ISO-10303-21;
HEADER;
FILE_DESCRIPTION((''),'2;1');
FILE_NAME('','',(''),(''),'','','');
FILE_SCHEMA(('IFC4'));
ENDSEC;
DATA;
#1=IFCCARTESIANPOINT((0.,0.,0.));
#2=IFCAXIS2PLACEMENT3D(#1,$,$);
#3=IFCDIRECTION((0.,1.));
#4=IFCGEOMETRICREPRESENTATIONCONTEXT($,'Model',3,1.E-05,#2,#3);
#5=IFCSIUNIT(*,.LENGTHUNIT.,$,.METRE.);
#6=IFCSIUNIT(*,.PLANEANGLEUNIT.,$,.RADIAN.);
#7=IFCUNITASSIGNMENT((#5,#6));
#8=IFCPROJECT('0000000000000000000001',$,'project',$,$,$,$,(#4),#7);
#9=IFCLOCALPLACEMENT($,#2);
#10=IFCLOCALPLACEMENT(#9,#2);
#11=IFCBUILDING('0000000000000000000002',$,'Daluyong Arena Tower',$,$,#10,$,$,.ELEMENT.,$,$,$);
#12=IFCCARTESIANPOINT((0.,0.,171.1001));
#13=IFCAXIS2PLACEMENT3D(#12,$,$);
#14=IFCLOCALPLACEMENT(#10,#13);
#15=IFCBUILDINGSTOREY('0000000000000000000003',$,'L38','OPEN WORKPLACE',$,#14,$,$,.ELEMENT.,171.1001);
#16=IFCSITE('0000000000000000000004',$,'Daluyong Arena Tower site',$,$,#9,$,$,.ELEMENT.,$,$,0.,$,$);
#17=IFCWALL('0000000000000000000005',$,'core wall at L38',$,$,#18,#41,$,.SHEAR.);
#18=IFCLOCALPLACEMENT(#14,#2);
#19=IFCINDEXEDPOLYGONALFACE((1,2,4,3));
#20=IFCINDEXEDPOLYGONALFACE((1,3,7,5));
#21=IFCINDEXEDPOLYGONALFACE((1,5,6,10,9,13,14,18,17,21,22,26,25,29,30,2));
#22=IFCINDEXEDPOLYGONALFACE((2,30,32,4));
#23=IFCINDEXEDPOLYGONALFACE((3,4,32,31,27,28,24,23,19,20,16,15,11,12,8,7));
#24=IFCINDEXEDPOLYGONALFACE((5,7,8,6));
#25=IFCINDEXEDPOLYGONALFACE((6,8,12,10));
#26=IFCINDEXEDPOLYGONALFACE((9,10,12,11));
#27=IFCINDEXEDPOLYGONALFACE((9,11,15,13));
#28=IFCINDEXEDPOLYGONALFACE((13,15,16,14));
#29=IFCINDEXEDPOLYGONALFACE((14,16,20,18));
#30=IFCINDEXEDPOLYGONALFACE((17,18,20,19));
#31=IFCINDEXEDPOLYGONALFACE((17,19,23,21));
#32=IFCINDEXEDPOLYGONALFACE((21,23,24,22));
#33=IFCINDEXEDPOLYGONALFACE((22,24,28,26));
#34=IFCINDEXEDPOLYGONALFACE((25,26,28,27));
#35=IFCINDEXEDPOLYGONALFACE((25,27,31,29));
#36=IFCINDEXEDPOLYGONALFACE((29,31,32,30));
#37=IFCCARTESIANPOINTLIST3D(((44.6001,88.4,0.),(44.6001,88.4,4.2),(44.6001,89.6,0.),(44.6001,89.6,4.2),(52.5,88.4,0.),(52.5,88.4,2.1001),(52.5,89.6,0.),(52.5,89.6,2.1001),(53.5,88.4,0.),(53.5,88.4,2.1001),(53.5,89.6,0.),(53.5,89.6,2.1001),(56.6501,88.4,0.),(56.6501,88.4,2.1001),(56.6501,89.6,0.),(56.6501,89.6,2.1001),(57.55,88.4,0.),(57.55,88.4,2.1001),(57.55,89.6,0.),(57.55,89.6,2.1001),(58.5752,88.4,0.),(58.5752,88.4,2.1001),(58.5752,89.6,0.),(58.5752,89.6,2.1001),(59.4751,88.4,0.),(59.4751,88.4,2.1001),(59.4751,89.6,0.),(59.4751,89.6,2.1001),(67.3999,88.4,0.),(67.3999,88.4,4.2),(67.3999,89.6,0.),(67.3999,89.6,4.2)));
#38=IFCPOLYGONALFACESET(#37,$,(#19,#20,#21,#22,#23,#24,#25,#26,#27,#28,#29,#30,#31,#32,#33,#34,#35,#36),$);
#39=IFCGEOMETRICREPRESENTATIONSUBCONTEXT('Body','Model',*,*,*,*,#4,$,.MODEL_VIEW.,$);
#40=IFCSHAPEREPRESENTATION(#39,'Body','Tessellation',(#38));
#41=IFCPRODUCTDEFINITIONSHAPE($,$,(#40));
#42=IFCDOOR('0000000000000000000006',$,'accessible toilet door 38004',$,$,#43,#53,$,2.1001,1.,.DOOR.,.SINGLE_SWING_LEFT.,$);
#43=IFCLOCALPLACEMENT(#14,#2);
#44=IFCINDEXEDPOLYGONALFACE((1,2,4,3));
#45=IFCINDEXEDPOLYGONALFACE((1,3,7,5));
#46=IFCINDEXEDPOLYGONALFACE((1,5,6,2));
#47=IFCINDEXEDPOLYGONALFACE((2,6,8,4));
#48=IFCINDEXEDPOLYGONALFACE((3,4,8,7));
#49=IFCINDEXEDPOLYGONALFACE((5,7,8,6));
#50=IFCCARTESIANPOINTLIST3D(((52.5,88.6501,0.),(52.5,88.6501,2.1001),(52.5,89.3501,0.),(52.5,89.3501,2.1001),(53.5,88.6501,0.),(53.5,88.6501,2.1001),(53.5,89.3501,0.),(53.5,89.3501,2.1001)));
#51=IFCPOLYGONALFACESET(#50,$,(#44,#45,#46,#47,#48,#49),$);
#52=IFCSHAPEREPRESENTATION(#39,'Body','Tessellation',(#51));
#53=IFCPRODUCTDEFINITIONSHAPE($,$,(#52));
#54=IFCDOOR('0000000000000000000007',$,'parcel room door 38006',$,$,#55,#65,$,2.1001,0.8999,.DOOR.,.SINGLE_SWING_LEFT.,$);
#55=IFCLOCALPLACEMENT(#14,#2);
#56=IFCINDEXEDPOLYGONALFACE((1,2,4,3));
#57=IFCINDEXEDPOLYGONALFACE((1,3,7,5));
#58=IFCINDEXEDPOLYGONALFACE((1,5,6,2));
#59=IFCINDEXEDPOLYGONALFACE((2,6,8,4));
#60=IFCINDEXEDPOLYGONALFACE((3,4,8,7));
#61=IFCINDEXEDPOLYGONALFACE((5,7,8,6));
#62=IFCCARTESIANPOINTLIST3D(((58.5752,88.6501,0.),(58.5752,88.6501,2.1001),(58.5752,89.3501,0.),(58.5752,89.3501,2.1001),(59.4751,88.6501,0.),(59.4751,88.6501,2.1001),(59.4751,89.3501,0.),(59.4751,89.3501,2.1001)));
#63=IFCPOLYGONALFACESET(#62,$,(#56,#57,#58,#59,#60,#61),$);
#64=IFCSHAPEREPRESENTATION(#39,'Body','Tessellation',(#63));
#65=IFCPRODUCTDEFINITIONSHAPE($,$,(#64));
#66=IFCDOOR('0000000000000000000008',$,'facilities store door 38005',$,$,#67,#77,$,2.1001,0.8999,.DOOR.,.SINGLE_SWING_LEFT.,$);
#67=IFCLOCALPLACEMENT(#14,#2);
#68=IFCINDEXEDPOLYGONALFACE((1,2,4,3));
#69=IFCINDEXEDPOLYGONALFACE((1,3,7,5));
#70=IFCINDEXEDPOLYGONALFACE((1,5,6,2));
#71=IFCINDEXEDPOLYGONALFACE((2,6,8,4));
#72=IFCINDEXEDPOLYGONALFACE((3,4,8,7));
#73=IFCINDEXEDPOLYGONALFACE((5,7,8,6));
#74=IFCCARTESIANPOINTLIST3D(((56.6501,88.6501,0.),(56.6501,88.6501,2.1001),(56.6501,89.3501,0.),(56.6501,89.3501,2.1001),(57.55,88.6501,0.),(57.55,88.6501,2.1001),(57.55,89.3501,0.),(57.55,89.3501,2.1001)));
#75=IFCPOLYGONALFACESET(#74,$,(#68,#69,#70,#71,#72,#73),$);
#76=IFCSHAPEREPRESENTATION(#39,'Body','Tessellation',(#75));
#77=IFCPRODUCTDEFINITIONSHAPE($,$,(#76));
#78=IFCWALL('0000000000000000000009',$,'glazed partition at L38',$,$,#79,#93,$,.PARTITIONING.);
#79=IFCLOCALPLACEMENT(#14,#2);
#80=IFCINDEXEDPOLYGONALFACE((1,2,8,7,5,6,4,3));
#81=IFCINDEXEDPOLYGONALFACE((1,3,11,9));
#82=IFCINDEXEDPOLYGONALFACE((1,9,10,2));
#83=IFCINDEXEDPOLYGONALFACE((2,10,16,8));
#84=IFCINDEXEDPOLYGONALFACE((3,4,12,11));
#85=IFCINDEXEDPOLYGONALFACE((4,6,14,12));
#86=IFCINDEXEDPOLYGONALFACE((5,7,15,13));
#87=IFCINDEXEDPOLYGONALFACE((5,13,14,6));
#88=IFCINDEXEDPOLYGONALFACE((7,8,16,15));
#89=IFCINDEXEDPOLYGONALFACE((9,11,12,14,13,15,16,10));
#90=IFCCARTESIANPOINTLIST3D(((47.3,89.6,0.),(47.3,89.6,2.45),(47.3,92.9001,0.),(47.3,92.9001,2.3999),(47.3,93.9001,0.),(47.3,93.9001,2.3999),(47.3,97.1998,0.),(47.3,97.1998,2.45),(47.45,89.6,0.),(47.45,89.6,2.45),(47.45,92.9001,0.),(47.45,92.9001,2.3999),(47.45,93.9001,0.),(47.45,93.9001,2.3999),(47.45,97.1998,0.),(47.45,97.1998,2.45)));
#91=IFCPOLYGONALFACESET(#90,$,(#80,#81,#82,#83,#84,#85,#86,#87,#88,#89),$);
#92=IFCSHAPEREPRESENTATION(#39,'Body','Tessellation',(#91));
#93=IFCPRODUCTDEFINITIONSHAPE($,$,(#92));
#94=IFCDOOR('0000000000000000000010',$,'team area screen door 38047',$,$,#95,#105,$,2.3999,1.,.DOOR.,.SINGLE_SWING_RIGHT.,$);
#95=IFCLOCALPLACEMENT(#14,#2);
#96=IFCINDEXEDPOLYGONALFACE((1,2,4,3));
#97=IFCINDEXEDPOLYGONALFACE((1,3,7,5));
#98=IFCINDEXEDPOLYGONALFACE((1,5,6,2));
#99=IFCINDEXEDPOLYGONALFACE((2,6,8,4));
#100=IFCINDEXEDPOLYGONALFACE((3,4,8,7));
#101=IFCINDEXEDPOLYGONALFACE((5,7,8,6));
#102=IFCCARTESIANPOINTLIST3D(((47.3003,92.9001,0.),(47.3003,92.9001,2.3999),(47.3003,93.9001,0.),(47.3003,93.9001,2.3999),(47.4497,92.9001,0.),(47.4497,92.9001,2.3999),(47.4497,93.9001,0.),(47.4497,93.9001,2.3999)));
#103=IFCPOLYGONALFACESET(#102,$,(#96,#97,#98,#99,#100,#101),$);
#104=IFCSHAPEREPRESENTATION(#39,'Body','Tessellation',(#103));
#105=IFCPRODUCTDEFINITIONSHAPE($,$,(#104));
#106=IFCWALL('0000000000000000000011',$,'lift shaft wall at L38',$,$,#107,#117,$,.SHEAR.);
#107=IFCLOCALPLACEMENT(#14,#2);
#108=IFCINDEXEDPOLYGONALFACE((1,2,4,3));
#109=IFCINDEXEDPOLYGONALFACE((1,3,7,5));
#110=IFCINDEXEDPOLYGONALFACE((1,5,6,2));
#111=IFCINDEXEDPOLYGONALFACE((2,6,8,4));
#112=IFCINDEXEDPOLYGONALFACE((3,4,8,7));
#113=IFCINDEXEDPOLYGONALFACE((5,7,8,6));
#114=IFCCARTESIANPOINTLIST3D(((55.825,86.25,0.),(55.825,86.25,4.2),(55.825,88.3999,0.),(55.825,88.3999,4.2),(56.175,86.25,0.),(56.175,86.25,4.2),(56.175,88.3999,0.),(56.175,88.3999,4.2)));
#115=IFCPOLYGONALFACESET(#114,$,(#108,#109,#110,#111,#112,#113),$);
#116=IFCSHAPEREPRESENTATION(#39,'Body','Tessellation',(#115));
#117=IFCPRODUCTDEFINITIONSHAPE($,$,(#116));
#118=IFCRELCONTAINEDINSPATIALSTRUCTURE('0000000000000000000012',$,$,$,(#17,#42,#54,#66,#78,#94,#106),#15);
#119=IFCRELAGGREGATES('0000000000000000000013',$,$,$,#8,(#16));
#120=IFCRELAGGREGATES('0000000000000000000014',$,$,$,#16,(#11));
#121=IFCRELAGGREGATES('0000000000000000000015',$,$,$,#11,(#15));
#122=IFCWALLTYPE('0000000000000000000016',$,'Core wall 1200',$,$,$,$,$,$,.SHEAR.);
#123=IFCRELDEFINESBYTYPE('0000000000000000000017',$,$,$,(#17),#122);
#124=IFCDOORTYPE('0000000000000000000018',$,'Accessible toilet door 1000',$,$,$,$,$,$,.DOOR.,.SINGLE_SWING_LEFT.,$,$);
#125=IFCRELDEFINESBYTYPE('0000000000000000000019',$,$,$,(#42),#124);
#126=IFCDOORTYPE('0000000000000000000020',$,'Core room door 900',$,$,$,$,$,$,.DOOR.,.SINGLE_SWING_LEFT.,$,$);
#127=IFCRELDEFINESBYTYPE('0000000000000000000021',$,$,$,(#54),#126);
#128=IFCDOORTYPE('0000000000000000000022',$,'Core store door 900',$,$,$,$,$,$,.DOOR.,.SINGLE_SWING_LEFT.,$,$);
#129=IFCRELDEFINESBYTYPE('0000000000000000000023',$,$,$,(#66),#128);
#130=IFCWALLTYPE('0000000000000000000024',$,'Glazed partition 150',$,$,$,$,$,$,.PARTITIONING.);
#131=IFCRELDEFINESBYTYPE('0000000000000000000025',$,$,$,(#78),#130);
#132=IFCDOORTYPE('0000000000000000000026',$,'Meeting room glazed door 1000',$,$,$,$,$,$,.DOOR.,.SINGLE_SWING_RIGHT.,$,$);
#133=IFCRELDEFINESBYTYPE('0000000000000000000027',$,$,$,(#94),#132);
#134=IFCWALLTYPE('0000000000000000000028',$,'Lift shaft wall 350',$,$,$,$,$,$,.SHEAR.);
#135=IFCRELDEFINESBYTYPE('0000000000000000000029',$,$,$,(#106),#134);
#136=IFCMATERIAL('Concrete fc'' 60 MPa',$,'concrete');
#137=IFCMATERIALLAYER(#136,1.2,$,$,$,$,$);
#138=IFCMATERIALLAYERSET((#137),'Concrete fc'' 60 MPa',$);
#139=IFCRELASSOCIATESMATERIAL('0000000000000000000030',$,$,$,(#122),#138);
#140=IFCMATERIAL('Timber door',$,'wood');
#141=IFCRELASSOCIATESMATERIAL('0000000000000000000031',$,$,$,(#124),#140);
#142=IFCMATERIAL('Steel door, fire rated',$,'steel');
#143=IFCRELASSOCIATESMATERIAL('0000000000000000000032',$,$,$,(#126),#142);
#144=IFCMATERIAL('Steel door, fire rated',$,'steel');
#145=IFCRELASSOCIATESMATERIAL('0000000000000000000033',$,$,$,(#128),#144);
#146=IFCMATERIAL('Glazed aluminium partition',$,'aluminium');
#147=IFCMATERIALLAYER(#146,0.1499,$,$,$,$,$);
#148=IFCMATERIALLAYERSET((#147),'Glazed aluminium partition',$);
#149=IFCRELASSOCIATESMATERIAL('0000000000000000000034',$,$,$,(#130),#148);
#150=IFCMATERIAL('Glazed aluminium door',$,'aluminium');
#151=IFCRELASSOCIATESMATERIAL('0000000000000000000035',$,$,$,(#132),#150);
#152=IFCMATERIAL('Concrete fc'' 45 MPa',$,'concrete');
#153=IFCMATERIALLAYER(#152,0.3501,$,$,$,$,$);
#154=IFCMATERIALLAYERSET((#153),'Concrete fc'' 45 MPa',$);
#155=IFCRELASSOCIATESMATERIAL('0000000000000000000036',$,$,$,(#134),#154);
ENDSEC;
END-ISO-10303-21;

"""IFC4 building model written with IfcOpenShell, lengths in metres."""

from ifc_helpers import new_model, si_unit, direction, frame, frame_2d, origin, place, context, subcontext, project, spatial, rectangle, extrude, material, layer, layer_set, type_object, element, fill, save


model = new_model("IFC4")

# Units and contexts
model_context = context("Model", 3, precision=1e-05, world=origin(), true_north=direction((0.0, 1.0)))
body_context = subcontext(model_context, "Body", "Model", "MODEL_VIEW")
ifc_project = project(units=[si_unit("LENGTHUNIT", "METRE"), si_unit("PLANEANGLEUNIT", "RADIAN")], contexts=[model_context])

# Site, building, storey
site_placement = place(None, origin())
site = spatial("IfcSite", under=ifc_project, at=site_placement, Name="Daluyong Arena Tower site", CompositionType="ELEMENT", RefElevation=0.0)
building_placement = place(site_placement, origin())
building = spatial("IfcBuilding", under=site, at=building_placement, Name="Daluyong Arena Tower", CompositionType="ELEMENT")
storey_placement = place(building_placement, frame((0.0, 0.0, 171.1001)))
storey = spatial("IfcBuildingStorey", under=building, at=storey_placement, Name="L38", Description="OPEN WORKPLACE", CompositionType="ELEMENT", Elevation=171.1001)

# Wall, openings, doors
ifc_material_1 = material(Name="Concrete fc' 60 MPa", Category="concrete")
ifc_layer_1 = layer(ifc_material_1, 1.2)
ifc_layer_set_1 = layer_set([ifc_layer_1], Name="Concrete fc' 60 MPa")
wall_type_1 = type_object("IfcWallType", Name="Core wall 1200", PredefinedType="SHEAR", material=ifc_layer_set_1)
wall_1_placement = place(storey_placement, frame((44.6001, 89.0, 0.0), z_axis=(0.0, 0.0, 1.0), x_axis=(1.0, 0.0, 0.0)))
wall_1 = element("IfcWall", 1, at=wall_1_placement, inside=storey, type_object=wall_type_1, Name="core wall at L38", PredefinedType="SHEAR", context=body_context, shape_type="SweptSolid", body=[
    extrude(rectangle(XDim=22.7998, YDim=1.2, at=frame_2d((11.3999, 0.0))), origin(), (0.0, 0.0, 1.0), 4.2),
])
opening_1_placement = place(wall_1_placement, frame((7.8999, 0.0, 0.0)))
opening_1 = element("IfcOpeningElement", 2, at=opening_1_placement, cuts=wall_1, PredefinedType="OPENING", context=body_context, shape_type="SweptSolid", body=[
    extrude(rectangle(XDim=1.0, YDim=2.1001, at=frame_2d((0.5, 1.05))), frame((0.0, 0.6099, 0.0), z_axis=(0.0, -1.0, 0.0), x_axis=(1.0, 0.0, 0.0)), (0.0, 0.0, 1.0), 1.22),
])
opening_2_placement = place(wall_1_placement, frame((12.05, 0.0, 0.0)))
opening_2 = element("IfcOpeningElement", 3, at=opening_2_placement, cuts=wall_1, PredefinedType="OPENING", context=body_context, shape_type="SweptSolid", body=[
    extrude(rectangle(XDim=0.8999, YDim=2.1001, at=frame_2d((0.45, 1.05))), frame((0.0, 0.6099, 0.0), z_axis=(0.0, -1.0, 0.0), x_axis=(1.0, 0.0, 0.0)), (0.0, 0.0, 1.0), 1.22),
])
opening_3_placement = place(wall_1_placement, frame((13.9751, 0.0, 0.0)))
opening_3 = element("IfcOpeningElement", 4, at=opening_3_placement, cuts=wall_1, PredefinedType="OPENING", context=body_context, shape_type="SweptSolid", body=[
    extrude(rectangle(XDim=0.8999, YDim=2.1001, at=frame_2d((0.45, 1.05))), frame((0.0, 0.6099, 0.0), z_axis=(0.0, -1.0, 0.0), x_axis=(1.0, 0.0, 0.0)), (0.0, 0.0, 1.0), 1.22),
])
ifc_material_2 = material(Name="Timber door", Category="wood")
door_type_1 = type_object("IfcDoorType", Name="Accessible toilet door 1000", OperationType="SINGLE_SWING_LEFT", PredefinedType="DOOR", material=ifc_material_2)
door_1_placement = place(opening_1_placement, origin())
door_1 = element("IfcDoor", 5, at=door_1_placement, inside=storey, type_object=door_type_1, Name="accessible toilet door 38004", OperationType="SINGLE_SWING_LEFT", OverallHeight=2.1001, OverallWidth=1.0, PredefinedType="DOOR", context=body_context, shape_type="SweptSolid", body=[
    extrude(rectangle(XDim=1.0, YDim=2.1001, at=frame_2d((0.5, 1.05))), frame((0.0, 0.3501, 0.0), z_axis=(0.0, -1.0, 0.0), x_axis=(1.0, 0.0, 0.0)), (0.0, 0.0, 1.0), 0.7),
])
fill(opening_1, door_1)
ifc_material_3 = material(Name="Steel door, fire rated", Category="steel")
door_type_2 = type_object("IfcDoorType", Name="Core room door 900", OperationType="SINGLE_SWING_LEFT", PredefinedType="DOOR", material=ifc_material_3)
door_2_placement = place(opening_3_placement, origin())
door_2 = element("IfcDoor", 6, at=door_2_placement, inside=storey, type_object=door_type_2, Name="parcel room door 38006", OperationType="SINGLE_SWING_LEFT", OverallHeight=2.1001, OverallWidth=0.8999, PredefinedType="DOOR", context=body_context, shape_type="SweptSolid", body=[
    extrude(rectangle(XDim=0.8999, YDim=2.1001, at=frame_2d((0.45, 1.05))), frame((0.0, 0.3501, 0.0), z_axis=(0.0, -1.0, 0.0), x_axis=(1.0, 0.0, 0.0)), (0.0, 0.0, 1.0), 0.7),
])
fill(opening_3, door_2)
ifc_material_4 = material(Name="Steel door, fire rated", Category="steel")
door_type_3 = type_object("IfcDoorType", Name="Core store door 900", OperationType="SINGLE_SWING_LEFT", PredefinedType="DOOR", material=ifc_material_4)
door_3_placement = place(opening_2_placement, origin())
door_3 = element("IfcDoor", 7, at=door_3_placement, inside=storey, type_object=door_type_3, Name="facilities store door 38005", OperationType="SINGLE_SWING_LEFT", OverallHeight=2.1001, OverallWidth=0.8999, PredefinedType="DOOR", context=body_context, shape_type="SweptSolid", body=[
    extrude(rectangle(XDim=0.8999, YDim=2.1001, at=frame_2d((0.45, 1.05))), frame((0.0, 0.3501, 0.0), z_axis=(0.0, -1.0, 0.0), x_axis=(1.0, 0.0, 0.0)), (0.0, 0.0, 1.0), 0.7),
])
fill(opening_2, door_3)

# Wall, opening, door
ifc_material_5 = material(Name="Glazed aluminium partition", Category="aluminium")
ifc_layer_2 = layer(ifc_material_5, 0.1499)
ifc_layer_set_2 = layer_set([ifc_layer_2], Name="Glazed aluminium partition")
wall_type_2 = type_object("IfcWallType", Name="Glazed partition 150", PredefinedType="PARTITIONING", material=ifc_layer_set_2)
wall_2_placement = place(storey_placement, frame((47.375, 89.6001, 0.0), z_axis=(0.0, 0.0, 1.0), x_axis=(0.0, 1.0, 0.0)))
wall_2 = element("IfcWall", 8, at=wall_2_placement, inside=storey, type_object=wall_type_2, Name="glazed partition at L38", PredefinedType="PARTITIONING", context=body_context, shape_type="SweptSolid", body=[
    extrude(rectangle(XDim=7.5999, YDim=0.1499, at=frame_2d((3.7998, 0.0))), origin(), (0.0, 0.0, 1.0), 2.45),
])
opening_4_placement = place(wall_2_placement, frame((3.3, 0.0, 0.0)))
opening_4 = element("IfcOpeningElement", 9, at=opening_4_placement, cuts=wall_2, PredefinedType="OPENING", context=body_context, shape_type="SweptSolid", body=[
    extrude(rectangle(XDim=1.0, YDim=2.3999, at=frame_2d((0.5, 1.2))), frame((0.0, 0.085, 0.0), z_axis=(0.0, -1.0, 0.0), x_axis=(1.0, 0.0, 0.0)), (0.0, 0.0, 1.0), 0.1699),
])
ifc_material_6 = material(Name="Glazed aluminium door", Category="aluminium")
door_type_4 = type_object("IfcDoorType", Name="Meeting room glazed door 1000", OperationType="SINGLE_SWING_RIGHT", PredefinedType="DOOR", material=ifc_material_6)
door_4_placement = place(opening_4_placement, origin())
door_4 = element("IfcDoor", 10, at=door_4_placement, inside=storey, type_object=door_type_4, Name="team area screen door 38047", OperationType="SINGLE_SWING_RIGHT", OverallHeight=2.3999, OverallWidth=1.0, PredefinedType="DOOR", context=body_context, shape_type="SweptSolid", body=[
    extrude(rectangle(XDim=1.0, YDim=2.3999, at=frame_2d((0.5, 1.2))), frame((0.0, 0.0747, 0.0), z_axis=(0.0, -1.0, 0.0), x_axis=(1.0, 0.0, 0.0)), (0.0, 0.0, 1.0), 0.1494),
])
fill(opening_4, door_4)

# Wall
ifc_material_7 = material(Name="Concrete fc' 45 MPa", Category="concrete")
ifc_layer_3 = layer(ifc_material_7, 0.3501)
ifc_layer_set_3 = layer_set([ifc_layer_3], Name="Concrete fc' 45 MPa")
wall_type_3 = type_object("IfcWallType", Name="Lift shaft wall 350", PredefinedType="SHEAR", material=ifc_layer_set_3)
wall_3_placement = place(storey_placement, frame((56.0, 86.25, 0.0), z_axis=(0.0, 0.0, 1.0), x_axis=(0.0, 1.0, 0.0)))
element("IfcWall", 11, at=wall_3_placement, inside=storey, type_object=wall_type_3, Name="lift shaft wall at L38", PredefinedType="SHEAR", context=body_context, shape_type="SweptSolid", body=[
    extrude(rectangle(XDim=2.1499, YDim=0.3501, at=frame_2d((1.075, 0.0))), origin(), (0.0, 0.0, 1.0), 4.2),
])

save(model, "model.ifc")
